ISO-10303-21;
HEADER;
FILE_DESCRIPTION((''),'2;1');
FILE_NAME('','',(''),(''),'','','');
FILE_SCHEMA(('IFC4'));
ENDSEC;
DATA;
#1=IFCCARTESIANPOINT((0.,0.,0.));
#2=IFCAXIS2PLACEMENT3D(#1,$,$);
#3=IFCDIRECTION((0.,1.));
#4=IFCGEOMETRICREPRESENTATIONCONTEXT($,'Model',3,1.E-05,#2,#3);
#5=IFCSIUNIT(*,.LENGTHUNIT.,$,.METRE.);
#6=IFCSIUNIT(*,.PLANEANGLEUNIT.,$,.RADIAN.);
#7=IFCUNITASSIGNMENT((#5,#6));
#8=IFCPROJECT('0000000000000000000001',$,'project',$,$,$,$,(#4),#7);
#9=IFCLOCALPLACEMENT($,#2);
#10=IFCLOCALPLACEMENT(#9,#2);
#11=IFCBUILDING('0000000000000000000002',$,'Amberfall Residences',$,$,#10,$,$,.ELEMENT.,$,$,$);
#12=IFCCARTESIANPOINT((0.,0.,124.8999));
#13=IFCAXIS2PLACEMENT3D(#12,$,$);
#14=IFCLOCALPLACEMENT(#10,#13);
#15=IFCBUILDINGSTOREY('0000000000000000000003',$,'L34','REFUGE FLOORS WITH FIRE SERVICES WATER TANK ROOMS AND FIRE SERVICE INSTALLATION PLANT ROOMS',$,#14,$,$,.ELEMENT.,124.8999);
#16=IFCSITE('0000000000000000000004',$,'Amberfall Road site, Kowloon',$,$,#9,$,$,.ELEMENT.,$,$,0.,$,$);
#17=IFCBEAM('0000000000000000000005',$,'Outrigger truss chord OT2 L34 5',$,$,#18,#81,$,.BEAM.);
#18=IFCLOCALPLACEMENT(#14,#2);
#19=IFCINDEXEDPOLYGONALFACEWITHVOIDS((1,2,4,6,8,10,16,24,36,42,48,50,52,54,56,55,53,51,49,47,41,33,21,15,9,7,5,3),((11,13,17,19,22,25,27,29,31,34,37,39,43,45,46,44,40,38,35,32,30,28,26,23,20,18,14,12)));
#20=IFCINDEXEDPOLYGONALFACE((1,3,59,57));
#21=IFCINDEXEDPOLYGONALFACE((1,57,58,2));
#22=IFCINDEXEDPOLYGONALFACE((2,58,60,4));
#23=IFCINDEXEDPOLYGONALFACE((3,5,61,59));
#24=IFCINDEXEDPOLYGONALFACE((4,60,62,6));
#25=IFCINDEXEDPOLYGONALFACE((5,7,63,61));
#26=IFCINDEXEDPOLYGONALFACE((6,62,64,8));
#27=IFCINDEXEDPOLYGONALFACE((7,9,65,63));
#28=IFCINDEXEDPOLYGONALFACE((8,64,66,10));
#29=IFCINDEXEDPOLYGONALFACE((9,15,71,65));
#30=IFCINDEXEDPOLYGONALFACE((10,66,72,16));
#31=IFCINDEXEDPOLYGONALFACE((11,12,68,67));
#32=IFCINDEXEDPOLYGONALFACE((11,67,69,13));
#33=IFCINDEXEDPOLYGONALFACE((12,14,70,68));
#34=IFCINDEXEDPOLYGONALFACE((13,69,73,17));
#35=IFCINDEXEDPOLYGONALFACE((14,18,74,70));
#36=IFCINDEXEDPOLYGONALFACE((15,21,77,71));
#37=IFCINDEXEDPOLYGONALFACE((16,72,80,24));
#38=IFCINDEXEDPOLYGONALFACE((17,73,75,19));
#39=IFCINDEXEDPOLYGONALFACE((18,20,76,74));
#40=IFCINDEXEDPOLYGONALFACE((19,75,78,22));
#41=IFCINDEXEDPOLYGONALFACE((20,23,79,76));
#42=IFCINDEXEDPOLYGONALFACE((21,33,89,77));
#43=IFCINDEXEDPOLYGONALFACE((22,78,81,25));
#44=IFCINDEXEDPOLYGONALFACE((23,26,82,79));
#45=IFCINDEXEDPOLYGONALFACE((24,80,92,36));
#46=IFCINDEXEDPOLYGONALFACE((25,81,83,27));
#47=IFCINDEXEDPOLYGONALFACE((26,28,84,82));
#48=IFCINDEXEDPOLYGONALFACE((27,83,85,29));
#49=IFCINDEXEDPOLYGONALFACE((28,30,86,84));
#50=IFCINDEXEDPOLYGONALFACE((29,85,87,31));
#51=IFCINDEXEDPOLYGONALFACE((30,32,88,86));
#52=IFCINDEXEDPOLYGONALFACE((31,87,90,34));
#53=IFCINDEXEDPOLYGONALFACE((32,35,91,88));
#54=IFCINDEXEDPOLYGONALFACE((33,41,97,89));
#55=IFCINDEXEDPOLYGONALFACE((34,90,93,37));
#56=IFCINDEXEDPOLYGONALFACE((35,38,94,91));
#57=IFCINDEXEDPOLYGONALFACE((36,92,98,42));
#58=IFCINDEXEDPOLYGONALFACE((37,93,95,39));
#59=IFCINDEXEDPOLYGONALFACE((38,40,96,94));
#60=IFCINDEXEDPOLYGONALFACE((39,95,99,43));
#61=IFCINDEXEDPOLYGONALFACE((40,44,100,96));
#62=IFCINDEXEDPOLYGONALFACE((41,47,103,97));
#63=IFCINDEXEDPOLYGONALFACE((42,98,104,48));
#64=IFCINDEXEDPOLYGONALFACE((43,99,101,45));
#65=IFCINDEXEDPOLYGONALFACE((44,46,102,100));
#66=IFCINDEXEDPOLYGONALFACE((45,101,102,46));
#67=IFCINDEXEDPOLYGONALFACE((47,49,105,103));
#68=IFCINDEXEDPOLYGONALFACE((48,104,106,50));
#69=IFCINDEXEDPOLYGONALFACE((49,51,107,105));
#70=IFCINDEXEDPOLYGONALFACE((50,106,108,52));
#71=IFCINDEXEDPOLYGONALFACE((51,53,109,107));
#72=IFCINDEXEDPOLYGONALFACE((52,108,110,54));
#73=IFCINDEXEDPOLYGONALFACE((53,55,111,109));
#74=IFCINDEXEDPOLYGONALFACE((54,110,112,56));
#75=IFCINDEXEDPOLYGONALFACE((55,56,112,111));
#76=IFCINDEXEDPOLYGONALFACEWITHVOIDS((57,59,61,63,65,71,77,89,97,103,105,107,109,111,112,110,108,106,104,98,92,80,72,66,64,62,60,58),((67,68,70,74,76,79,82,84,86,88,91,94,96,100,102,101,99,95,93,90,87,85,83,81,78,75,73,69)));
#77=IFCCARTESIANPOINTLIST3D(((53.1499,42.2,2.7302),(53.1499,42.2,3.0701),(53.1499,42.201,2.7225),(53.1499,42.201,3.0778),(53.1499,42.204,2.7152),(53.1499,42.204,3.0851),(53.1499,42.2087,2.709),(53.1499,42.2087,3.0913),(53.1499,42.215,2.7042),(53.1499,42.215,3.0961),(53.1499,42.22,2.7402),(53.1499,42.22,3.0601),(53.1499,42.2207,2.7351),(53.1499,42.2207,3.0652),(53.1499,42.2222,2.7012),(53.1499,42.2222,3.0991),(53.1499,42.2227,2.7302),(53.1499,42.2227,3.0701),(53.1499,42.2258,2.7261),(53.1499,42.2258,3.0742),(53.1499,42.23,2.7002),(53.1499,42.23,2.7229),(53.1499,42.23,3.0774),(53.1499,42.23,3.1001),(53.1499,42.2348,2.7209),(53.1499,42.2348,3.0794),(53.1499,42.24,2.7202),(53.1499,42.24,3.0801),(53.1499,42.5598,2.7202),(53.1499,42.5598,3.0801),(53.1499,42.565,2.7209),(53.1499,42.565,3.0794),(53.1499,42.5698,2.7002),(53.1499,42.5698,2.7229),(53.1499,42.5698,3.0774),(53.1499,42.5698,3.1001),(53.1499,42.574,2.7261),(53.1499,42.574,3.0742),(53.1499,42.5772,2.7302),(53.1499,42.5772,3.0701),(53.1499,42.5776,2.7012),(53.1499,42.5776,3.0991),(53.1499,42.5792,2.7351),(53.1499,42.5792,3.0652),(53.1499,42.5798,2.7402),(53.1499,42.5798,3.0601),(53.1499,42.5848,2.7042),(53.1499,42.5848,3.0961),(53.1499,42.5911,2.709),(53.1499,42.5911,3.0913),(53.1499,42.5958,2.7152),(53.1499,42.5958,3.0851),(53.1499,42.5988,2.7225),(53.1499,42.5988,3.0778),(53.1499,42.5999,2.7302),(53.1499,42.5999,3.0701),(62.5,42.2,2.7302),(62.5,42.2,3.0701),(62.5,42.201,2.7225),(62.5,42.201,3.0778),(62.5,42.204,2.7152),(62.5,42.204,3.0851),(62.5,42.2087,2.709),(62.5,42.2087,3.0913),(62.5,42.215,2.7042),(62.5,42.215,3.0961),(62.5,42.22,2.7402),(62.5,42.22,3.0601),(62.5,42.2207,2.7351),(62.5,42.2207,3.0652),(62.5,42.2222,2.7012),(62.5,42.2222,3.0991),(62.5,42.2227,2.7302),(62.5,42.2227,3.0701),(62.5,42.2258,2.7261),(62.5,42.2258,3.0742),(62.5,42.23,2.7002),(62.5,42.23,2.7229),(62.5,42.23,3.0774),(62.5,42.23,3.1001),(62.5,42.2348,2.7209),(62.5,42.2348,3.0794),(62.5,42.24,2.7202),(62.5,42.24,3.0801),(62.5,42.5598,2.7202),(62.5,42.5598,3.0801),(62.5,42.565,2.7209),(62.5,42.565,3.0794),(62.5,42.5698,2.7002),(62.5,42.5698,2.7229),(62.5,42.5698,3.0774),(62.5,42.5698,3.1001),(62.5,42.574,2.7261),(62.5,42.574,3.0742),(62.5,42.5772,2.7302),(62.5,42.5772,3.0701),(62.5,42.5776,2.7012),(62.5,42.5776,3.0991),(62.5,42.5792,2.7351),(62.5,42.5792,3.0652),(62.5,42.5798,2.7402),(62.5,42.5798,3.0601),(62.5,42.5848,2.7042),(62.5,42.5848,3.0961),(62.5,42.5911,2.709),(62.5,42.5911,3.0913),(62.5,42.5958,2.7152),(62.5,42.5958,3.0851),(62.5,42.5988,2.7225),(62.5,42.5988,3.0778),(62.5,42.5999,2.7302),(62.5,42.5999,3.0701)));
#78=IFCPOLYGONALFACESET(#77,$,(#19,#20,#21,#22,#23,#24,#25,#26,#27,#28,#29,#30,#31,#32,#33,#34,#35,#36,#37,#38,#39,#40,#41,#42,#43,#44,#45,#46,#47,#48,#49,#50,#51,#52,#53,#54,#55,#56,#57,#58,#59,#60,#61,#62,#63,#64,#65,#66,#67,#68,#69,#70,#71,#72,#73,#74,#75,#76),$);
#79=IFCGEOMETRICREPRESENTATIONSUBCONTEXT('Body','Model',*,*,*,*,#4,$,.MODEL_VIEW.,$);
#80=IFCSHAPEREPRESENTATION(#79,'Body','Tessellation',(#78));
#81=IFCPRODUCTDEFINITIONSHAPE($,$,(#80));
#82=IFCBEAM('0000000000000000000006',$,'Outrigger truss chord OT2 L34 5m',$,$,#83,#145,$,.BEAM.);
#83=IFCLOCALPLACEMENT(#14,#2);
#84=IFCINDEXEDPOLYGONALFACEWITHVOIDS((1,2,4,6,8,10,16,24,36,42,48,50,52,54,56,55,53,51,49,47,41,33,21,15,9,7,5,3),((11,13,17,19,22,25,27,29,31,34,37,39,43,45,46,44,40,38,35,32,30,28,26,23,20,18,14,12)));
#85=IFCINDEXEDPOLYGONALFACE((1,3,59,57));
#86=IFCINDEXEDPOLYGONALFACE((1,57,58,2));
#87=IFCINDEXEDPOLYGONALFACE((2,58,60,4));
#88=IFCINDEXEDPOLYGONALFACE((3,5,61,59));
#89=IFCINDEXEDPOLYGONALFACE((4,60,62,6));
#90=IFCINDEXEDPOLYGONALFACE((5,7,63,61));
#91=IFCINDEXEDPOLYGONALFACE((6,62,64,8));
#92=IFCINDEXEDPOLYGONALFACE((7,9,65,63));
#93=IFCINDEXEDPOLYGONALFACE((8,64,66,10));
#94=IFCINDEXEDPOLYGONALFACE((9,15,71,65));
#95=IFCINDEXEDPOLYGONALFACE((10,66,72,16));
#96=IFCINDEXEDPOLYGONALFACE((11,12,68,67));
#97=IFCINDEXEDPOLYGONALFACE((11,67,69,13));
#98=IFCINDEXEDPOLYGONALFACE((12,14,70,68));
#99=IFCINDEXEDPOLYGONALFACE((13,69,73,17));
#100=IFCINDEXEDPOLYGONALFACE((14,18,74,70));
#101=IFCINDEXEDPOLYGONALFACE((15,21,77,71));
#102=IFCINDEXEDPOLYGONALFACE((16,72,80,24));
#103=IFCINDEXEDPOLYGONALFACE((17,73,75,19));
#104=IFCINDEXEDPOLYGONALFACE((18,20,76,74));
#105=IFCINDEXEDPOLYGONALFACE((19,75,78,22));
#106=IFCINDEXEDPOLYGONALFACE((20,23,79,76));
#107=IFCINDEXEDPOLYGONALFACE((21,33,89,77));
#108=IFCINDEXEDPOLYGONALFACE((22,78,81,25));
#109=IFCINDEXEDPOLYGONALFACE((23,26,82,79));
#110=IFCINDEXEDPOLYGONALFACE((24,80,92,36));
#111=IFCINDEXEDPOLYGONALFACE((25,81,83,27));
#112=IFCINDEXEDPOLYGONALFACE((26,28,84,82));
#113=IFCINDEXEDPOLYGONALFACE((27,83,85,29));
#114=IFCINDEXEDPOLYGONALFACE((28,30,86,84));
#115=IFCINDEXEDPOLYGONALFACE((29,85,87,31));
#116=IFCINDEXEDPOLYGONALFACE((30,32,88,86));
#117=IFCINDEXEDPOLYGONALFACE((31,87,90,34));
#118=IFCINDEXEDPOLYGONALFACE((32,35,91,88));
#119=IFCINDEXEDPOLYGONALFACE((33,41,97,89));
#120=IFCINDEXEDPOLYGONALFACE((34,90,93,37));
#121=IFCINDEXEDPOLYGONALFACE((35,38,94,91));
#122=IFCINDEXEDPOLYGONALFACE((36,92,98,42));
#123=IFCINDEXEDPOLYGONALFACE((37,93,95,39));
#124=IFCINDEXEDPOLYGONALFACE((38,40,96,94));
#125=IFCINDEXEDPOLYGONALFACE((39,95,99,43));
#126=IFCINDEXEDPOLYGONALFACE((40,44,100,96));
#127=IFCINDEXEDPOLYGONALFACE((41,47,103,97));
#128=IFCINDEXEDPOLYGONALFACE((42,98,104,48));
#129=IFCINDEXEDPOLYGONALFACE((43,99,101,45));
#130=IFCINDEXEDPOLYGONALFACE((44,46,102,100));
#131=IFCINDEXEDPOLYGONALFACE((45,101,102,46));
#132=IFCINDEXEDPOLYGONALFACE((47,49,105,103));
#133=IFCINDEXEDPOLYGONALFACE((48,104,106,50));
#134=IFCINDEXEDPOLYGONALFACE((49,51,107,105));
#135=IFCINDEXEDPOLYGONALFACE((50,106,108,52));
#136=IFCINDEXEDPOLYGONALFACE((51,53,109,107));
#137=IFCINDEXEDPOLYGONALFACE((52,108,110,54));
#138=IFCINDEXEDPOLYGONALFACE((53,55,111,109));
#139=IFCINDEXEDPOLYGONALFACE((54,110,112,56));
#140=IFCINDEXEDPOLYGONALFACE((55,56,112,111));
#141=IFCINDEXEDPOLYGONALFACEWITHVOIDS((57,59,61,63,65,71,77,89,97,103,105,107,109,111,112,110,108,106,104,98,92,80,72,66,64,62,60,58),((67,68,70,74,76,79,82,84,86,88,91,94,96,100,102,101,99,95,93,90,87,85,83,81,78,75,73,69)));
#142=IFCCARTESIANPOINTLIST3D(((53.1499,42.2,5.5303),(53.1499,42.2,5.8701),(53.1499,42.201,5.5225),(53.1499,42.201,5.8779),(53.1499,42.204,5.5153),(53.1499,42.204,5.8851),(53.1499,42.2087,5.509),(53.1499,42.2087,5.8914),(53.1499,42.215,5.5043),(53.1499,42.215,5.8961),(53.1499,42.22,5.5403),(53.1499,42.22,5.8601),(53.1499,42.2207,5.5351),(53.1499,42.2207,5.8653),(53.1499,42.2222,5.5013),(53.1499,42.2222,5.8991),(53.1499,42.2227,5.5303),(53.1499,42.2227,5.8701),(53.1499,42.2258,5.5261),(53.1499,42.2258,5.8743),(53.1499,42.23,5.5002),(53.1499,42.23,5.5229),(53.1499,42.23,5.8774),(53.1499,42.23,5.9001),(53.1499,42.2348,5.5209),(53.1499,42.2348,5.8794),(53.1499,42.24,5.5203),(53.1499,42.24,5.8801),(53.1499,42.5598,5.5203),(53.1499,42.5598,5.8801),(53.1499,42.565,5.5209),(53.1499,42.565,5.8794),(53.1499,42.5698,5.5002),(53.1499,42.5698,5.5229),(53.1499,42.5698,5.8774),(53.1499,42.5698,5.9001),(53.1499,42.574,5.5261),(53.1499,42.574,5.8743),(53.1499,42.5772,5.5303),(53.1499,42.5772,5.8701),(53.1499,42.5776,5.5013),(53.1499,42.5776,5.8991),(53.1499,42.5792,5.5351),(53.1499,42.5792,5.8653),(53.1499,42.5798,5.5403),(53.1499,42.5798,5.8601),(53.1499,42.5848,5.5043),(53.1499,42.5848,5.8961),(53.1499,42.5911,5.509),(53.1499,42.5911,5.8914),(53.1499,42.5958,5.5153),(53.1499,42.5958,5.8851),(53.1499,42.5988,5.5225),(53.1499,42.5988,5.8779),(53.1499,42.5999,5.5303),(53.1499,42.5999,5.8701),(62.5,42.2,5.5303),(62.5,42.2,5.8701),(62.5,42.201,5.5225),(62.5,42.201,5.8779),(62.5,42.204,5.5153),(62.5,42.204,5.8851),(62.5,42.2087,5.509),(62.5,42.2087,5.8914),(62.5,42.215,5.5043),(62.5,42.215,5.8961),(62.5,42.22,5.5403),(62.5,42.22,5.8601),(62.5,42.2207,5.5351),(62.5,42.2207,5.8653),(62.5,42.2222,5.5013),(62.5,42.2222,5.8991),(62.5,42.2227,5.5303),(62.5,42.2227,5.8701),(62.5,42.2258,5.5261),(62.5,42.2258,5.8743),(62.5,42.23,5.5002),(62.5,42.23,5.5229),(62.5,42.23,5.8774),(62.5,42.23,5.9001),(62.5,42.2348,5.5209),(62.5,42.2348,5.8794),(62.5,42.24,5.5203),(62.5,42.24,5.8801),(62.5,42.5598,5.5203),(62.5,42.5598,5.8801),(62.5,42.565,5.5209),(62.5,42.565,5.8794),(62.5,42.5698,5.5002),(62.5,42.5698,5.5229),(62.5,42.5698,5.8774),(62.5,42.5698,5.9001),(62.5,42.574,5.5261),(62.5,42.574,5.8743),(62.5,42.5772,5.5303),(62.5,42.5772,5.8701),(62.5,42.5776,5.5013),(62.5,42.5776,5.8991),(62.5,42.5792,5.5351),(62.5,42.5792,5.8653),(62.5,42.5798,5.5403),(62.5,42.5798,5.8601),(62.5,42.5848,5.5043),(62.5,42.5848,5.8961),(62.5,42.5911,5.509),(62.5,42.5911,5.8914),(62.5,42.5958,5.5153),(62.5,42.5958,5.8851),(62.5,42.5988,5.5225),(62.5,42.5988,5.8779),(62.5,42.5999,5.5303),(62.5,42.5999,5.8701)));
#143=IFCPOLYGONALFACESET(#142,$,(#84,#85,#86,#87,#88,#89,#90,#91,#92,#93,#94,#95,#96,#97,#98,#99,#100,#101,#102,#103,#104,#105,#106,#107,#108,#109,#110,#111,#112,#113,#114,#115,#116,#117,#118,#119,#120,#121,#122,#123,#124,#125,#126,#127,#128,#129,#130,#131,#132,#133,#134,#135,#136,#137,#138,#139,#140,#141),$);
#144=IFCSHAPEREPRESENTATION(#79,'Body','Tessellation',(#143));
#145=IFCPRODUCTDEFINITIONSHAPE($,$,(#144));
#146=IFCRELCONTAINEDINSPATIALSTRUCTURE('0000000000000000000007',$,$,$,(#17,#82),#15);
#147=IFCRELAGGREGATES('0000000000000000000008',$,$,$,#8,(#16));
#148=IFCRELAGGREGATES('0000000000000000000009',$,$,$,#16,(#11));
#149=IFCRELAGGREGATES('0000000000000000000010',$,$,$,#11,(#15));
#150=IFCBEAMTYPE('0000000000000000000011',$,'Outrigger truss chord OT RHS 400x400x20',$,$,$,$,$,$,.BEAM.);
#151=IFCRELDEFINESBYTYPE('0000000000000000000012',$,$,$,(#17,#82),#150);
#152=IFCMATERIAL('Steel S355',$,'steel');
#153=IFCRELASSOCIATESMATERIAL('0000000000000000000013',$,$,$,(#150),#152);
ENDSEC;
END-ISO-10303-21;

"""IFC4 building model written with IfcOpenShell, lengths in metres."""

from ifc_helpers import new_model, si_unit, direction, frame, origin, origin_2d, place, context, subcontext, project, spatial, hollow_rectangle, extrude, material, material_profile, profile_set, type_object, element, save


model = new_model("IFC4")

# Units and contexts
model_context = context("Model", 3, precision=1e-05, world=origin(), true_north=direction((0.0, 1.0)))
body_context = subcontext(model_context, "Body", "Model", "MODEL_VIEW")
ifc_project = project(units=[si_unit("LENGTHUNIT", "METRE"), si_unit("PLANEANGLEUNIT", "RADIAN")], contexts=[model_context])

# Site, building, storey
site_placement = place(None, origin())
site = spatial("IfcSite", under=ifc_project, at=site_placement, Name="Amberfall Road site, Kowloon", CompositionType="ELEMENT", RefElevation=0.0)
building_placement = place(site_placement, origin())
building = spatial("IfcBuilding", under=site, at=building_placement, Name="Amberfall Residences", CompositionType="ELEMENT")
storey_placement = place(building_placement, frame((0.0, 0.0, 124.8999)))
storey = spatial("IfcBuildingStorey", under=building, at=storey_placement, Name="L34", Description="REFUGE FLOORS WITH FIRE SERVICES WATER TANK ROOMS AND FIRE SERVICE INSTALLATION PLANT ROOMS", CompositionType="ELEMENT", Elevation=124.8999)

# Shared definitions
ifc_material_1 = material(Name="Steel S355", Category="steel")

# Beams
ifc_material_profile_1 = material_profile(ifc_material_1, hollow_rectangle(XDim=0.3999, YDim=0.3999, WallThickness=0.02, InnerFilletRadius=0.02, OuterFilletRadius=0.03, at=origin_2d()), Name="RHS 400x400x20")
ifc_profile_set_1 = profile_set([ifc_material_profile_1], Name="Steel S355")
beam_type_1 = type_object("IfcBeamType", Name="Outrigger truss chord OT RHS 400x400x20", PredefinedType="BEAM", material=ifc_profile_set_1)
for number, where, z_axis, x_axis, name in (
    (1, (53.1499, 42.3999, 2.9001), (1.0, 0.0, 0.0), (0.0, 1.0, 0.0), "Outrigger truss chord OT2 L34 5"),
    (2, (53.1499, 42.3999, 5.7002), (1.0, 0.0, 0.0), (0.0, 1.0, 0.0), "Outrigger truss chord OT2 L34 5m"),
):
    element("IfcBeam", number, at=place(storey_placement, frame(where, z_axis=z_axis, x_axis=x_axis)), inside=storey, type_object=beam_type_1, Name=name, PredefinedType="BEAM", context=body_context, shape_type="SweptSolid", body=[
        extrude(hollow_rectangle(XDim=0.3999, YDim=0.3999, WallThickness=0.02, InnerFilletRadius=0.02, OuterFilletRadius=0.03, at=origin_2d()), origin(), (0.0, 0.0, 1.0), 9.3501),
    ])

save(model, "model.ifc")
